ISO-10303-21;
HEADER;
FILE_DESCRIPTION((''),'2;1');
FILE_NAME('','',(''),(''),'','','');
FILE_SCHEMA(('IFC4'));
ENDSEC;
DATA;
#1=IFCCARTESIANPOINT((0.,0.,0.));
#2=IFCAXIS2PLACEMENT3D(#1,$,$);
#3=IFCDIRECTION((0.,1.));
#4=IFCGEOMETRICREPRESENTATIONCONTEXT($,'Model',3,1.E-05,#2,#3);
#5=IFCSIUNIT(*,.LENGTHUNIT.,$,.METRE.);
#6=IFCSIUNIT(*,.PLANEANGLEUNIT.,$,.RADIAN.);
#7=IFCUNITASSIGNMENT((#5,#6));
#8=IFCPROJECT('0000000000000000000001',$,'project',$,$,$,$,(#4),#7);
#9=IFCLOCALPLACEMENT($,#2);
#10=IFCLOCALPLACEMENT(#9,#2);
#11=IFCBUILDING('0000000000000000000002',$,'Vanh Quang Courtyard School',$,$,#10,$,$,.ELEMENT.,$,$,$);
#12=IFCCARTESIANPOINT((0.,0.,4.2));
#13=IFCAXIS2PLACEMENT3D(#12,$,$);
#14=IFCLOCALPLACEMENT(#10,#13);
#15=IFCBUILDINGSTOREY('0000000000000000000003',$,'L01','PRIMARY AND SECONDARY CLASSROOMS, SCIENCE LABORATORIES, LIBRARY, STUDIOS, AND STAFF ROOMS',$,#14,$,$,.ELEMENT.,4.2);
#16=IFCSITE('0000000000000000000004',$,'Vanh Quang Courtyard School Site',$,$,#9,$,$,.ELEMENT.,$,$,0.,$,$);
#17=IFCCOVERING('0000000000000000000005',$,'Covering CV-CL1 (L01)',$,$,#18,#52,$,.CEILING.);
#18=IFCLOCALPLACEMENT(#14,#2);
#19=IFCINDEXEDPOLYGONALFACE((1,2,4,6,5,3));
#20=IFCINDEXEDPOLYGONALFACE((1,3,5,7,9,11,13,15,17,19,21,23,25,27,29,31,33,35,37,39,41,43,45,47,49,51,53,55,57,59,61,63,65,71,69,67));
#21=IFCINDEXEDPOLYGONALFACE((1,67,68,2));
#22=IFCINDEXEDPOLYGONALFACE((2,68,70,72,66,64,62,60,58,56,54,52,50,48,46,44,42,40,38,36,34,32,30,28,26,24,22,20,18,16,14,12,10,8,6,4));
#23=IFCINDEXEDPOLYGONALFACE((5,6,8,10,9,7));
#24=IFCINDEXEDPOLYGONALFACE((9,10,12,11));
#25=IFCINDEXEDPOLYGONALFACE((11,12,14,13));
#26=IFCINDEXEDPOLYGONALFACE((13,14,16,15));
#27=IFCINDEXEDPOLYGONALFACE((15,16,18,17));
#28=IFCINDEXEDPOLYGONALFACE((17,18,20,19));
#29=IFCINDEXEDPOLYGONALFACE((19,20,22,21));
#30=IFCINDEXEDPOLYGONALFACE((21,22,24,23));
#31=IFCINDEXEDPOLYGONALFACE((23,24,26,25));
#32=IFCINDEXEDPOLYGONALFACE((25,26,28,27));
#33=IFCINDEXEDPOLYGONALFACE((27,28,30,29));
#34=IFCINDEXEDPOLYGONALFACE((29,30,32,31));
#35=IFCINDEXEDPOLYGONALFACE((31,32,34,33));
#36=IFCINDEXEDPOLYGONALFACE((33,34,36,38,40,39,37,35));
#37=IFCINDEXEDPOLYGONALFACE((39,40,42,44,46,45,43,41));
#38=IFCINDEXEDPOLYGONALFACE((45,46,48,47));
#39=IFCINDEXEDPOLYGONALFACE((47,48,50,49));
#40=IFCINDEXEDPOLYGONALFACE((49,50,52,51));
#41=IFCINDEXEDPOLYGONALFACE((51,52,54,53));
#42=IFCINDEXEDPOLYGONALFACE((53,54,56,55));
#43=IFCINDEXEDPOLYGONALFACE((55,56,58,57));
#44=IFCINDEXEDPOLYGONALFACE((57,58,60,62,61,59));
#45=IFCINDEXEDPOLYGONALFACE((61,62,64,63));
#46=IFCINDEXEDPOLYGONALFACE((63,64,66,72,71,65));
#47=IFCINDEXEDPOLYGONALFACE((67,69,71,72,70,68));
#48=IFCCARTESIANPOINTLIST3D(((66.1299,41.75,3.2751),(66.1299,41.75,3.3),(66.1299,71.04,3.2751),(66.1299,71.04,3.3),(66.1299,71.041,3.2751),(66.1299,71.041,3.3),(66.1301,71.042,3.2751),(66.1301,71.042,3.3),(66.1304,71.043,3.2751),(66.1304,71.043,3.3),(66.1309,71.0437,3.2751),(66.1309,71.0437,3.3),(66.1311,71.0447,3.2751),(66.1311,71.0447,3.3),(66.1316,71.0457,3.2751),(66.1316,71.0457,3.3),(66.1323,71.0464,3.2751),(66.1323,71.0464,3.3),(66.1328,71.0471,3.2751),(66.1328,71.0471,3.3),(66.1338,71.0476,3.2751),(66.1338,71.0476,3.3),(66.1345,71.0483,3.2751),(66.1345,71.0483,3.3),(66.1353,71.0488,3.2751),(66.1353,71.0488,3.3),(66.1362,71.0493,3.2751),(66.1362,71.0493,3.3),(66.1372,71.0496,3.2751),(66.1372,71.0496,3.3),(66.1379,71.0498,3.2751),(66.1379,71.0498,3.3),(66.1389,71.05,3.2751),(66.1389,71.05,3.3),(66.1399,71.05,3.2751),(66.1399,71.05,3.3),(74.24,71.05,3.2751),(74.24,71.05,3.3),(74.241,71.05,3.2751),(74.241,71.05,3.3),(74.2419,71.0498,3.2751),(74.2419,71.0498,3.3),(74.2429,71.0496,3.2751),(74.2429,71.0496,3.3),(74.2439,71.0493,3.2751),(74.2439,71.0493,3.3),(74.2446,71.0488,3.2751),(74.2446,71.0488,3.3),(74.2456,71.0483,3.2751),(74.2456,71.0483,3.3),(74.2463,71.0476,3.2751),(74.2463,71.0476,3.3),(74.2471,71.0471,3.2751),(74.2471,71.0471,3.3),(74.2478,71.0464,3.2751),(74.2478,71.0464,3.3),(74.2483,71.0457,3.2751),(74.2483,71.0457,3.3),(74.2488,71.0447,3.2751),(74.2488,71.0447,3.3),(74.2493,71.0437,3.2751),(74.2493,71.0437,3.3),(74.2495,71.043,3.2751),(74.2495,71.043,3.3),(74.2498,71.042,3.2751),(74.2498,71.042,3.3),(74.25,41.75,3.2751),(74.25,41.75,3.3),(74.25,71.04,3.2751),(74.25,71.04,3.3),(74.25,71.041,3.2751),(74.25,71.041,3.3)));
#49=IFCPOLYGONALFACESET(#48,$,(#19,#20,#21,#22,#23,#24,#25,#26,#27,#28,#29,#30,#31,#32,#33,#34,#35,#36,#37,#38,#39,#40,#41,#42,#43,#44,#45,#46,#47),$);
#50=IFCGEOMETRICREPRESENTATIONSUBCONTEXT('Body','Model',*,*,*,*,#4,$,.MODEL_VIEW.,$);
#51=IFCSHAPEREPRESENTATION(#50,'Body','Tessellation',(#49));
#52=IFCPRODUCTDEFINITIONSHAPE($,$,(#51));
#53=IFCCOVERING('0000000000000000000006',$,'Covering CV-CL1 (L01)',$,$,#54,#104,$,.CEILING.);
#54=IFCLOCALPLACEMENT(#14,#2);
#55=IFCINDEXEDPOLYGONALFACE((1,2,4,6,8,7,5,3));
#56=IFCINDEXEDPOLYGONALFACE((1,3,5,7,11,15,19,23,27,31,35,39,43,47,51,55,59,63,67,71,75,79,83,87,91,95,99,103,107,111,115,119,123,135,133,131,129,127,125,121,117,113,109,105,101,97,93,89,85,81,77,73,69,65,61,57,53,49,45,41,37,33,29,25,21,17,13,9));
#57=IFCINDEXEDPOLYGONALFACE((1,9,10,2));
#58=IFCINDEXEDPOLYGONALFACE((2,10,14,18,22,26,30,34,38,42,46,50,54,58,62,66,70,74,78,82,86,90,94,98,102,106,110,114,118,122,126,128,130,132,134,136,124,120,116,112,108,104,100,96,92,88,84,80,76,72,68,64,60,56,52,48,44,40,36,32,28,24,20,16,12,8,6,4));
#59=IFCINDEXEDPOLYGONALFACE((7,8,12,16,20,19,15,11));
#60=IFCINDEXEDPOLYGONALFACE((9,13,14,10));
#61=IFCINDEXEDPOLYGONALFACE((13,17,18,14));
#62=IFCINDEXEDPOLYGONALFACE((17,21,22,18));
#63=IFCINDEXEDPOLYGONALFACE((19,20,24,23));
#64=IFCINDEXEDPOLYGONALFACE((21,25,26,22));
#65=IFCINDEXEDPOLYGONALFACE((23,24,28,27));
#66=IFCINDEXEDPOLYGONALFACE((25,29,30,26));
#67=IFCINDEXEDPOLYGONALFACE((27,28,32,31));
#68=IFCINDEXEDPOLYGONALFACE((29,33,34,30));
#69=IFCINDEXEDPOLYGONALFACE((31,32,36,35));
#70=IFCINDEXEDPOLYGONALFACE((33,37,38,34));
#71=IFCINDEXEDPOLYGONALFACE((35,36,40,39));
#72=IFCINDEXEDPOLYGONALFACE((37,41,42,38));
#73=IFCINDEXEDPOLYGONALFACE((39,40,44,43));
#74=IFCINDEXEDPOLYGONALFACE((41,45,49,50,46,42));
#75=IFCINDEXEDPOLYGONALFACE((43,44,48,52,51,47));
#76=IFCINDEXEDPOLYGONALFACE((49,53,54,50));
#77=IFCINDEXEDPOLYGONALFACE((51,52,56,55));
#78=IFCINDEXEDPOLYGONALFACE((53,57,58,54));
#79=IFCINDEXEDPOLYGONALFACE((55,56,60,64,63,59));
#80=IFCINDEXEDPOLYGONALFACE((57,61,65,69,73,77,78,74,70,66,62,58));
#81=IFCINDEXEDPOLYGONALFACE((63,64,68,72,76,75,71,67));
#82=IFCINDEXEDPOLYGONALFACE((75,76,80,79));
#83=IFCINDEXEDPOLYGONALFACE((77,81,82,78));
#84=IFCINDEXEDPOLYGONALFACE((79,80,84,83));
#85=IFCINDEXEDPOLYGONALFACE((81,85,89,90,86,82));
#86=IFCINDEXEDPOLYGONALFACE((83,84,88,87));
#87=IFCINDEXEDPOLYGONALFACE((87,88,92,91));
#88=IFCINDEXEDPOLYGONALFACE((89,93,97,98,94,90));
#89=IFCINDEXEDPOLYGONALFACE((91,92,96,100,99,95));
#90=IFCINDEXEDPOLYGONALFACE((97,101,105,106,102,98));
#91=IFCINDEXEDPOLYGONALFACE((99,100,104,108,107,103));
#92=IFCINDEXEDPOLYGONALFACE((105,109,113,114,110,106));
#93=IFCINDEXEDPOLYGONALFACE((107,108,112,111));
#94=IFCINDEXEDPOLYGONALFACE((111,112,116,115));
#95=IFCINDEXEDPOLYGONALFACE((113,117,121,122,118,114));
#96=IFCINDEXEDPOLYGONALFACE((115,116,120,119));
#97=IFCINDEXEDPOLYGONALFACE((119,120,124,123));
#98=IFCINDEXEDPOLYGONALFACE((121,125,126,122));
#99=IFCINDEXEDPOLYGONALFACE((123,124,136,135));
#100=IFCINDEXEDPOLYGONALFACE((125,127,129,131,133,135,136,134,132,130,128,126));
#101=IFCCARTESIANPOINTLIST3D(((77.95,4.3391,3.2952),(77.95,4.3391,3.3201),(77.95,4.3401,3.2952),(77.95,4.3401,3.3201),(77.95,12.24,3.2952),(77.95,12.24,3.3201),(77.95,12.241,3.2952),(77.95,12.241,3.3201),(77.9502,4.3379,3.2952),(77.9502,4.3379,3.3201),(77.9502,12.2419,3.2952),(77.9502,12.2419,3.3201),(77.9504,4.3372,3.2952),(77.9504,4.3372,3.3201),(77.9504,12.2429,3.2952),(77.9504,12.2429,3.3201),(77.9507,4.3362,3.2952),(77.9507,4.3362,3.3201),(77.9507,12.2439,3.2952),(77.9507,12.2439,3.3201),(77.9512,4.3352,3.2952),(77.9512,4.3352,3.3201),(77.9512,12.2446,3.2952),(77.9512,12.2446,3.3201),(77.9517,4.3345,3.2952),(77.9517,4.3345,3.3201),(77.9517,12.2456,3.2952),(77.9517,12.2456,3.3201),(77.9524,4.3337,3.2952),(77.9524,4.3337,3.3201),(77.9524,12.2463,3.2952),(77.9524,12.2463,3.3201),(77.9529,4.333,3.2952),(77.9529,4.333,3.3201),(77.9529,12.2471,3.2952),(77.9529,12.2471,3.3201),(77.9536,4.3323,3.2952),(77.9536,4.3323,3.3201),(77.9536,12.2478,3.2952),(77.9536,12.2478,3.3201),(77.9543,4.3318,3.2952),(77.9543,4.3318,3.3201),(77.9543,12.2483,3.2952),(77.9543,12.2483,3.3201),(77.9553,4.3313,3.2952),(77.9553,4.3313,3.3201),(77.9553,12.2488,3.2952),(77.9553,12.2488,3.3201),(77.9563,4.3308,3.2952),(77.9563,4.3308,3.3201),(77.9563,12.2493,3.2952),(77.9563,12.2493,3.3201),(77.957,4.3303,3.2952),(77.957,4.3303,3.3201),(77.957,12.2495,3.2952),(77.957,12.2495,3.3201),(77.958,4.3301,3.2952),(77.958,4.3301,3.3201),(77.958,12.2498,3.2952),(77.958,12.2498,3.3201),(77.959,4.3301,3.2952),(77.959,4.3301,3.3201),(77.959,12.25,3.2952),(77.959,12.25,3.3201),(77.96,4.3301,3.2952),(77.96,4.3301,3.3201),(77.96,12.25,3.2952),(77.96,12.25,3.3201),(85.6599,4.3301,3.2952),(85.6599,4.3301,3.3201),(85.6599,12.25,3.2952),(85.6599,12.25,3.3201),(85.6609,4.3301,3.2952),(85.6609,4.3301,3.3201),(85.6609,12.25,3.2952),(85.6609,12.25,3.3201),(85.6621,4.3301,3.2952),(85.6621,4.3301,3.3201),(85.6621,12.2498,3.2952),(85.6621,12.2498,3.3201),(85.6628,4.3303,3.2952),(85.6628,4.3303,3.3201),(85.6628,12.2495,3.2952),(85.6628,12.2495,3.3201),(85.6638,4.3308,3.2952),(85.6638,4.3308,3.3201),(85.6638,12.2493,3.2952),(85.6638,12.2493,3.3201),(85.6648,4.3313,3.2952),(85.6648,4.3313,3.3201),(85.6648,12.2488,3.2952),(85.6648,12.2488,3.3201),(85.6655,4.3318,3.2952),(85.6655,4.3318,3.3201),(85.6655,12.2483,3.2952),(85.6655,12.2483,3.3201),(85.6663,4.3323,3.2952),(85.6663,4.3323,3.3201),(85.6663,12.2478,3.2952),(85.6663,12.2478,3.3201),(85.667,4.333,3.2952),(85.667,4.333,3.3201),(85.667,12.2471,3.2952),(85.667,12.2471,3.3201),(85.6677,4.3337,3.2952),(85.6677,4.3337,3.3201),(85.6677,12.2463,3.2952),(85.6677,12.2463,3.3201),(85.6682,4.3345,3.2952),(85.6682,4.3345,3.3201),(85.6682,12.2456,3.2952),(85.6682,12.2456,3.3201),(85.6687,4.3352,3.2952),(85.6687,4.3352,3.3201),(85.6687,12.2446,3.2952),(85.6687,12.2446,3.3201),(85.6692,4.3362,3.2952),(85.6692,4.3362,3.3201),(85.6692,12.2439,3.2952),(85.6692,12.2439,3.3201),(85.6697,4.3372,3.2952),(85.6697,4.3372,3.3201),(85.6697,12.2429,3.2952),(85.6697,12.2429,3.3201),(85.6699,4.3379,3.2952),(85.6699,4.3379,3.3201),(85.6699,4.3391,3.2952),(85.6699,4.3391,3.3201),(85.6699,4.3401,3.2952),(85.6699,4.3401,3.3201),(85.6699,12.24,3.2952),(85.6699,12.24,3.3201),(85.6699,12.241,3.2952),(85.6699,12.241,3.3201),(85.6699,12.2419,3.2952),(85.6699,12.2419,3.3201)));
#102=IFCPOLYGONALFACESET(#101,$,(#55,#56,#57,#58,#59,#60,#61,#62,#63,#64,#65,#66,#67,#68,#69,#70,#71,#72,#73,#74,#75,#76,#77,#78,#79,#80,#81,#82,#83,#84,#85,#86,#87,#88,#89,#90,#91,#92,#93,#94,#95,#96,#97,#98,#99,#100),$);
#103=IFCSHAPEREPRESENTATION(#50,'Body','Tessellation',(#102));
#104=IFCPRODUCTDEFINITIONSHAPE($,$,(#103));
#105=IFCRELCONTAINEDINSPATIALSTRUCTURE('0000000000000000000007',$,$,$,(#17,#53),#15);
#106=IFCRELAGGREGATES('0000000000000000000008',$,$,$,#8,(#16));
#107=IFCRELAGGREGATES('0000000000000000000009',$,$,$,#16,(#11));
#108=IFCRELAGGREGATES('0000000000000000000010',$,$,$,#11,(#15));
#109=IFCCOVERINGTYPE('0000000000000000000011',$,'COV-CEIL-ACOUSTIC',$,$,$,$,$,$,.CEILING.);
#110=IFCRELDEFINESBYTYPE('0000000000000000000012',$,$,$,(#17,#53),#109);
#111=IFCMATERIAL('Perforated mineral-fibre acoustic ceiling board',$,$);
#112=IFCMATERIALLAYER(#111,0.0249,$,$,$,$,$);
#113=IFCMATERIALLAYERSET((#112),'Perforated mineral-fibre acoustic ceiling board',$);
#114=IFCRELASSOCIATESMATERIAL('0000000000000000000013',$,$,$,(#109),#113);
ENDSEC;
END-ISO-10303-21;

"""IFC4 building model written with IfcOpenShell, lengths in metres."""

from ifc_helpers import new_model, si_unit, direction, frame, origin, place, context, subcontext, project, spatial, polyline, outline, extrude, material, layer, layer_set, type_object, element, save


model = new_model("IFC4")

# Units and contexts
model_context = context("Model", 3, precision=1e-05, world=origin(), true_north=direction((0.0, 1.0)))
body_context = subcontext(model_context, "Body", "Model", "MODEL_VIEW")
ifc_project = project(units=[si_unit("LENGTHUNIT", "METRE"), si_unit("PLANEANGLEUNIT", "RADIAN")], contexts=[model_context])

# Site, building, storey
site_placement = place(None, origin())
site = spatial("IfcSite", under=ifc_project, at=site_placement, Name="Vanh Quang Courtyard School Site", CompositionType="ELEMENT", RefElevation=0.0)
building_placement = place(site_placement, origin())
building = spatial("IfcBuilding", under=site, at=building_placement, Name="Vanh Quang Courtyard School", CompositionType="ELEMENT")
storey_placement = place(building_placement, frame((0.0, 0.0, 4.2)))
storey = spatial("IfcBuildingStorey", under=building, at=storey_placement, Name="L01", Description="PRIMARY AND SECONDARY CLASSROOMS, SCIENCE LABORATORIES, LIBRARY, STUDIOS, AND STAFF ROOMS", CompositionType="ELEMENT", Elevation=4.2)

# Coverings
ifc_material_1 = material(Name="Perforated mineral-fibre acoustic ceiling board")
ifc_layer_1 = layer(ifc_material_1, 0.0249)
ifc_layer_set_1 = layer_set([ifc_layer_1], Name="Perforated mineral-fibre acoustic ceiling board")
covering_type_1 = type_object("IfcCoveringType", Name="COV-CEIL-ACOUSTIC", PredefinedType="CEILING", material=ifc_layer_set_1)
covering_1_placement = place(storey_placement, frame((0.0, 0.0, 3.2751)))
element("IfcCovering", 1, at=covering_1_placement, inside=storey, type_object=covering_type_1, Name="Covering CV-CL1 (L01)", PredefinedType="CEILING", context=body_context, shape_type="SweptSolid", body=[
    extrude(outline(polyline([(66.1299, 71.04), (66.1299, 71.041), (66.1301, 71.042), (66.1304, 71.043), (66.1309, 71.0437), (66.1311, 71.0447), (66.1316, 71.0457), (66.1323, 71.0464), (66.1328, 71.0471), (66.1338, 71.0476), (66.1345, 71.0483), (66.1353, 71.0488), (66.1362, 71.0493), (66.1372, 71.0496), (66.1379, 71.0498), (66.1389, 71.05), (66.1399, 71.05), (74.24, 71.05), (74.241, 71.05), (74.2419, 71.0498), (74.2429, 71.0496), (74.2439, 71.0493), (74.2446, 71.0488), (74.2456, 71.0483), (74.2463, 71.0476), (74.2471, 71.0471), (74.2478, 71.0464), (74.2483, 71.0457), (74.2488, 71.0447), (74.2493, 71.0437), (74.2495, 71.043), (74.2498, 71.042), (74.25, 71.041), (74.25, 71.04), (74.25, 41.75), (66.1299, 41.75), (66.1299, 71.04)])), origin(), (0.0, 0.0, 1.0), 0.0249),
])
covering_2_placement = place(storey_placement, frame((0.0, 0.0, 3.2952)))
element("IfcCovering", 2, at=covering_2_placement, inside=storey, type_object=covering_type_1, Name="Covering CV-CL1 (L01)", PredefinedType="CEILING", context=body_context, shape_type="SweptSolid", body=[
    extrude(outline(polyline([(77.96, 4.3301), (77.959, 4.3301), (77.958, 4.3301), (77.957, 4.3303), (77.9563, 4.3308), (77.9553, 4.3313), (77.9543, 4.3318), (77.9536, 4.3323), (77.9529, 4.333), (77.9524, 4.3337), (77.9517, 4.3345), (77.9512, 4.3352), (77.9507, 4.3362), (77.9504, 4.3372), (77.9502, 4.3379), (77.95, 4.3391), (77.95, 4.3401), (77.95, 12.24), (77.95, 12.241), (77.9502, 12.2419), (77.9504, 12.2429), (77.9507, 12.2439), (77.9512, 12.2446), (77.9517, 12.2456), (77.9524, 12.2463), (77.9529, 12.2471), (77.9536, 12.2478), (77.9543, 12.2483), (77.9553, 12.2488), (77.9563, 12.2493), (77.957, 12.2495), (77.958, 12.2498), (77.959, 12.25), (77.96, 12.25), (85.6599, 12.25), (85.6609, 12.25), (85.6621, 12.2498), (85.6628, 12.2495), (85.6638, 12.2493), (85.6648, 12.2488), (85.6655, 12.2483), (85.6663, 12.2478), (85.667, 12.2471), (85.6677, 12.2463), (85.6682, 12.2456), (85.6687, 12.2446), (85.6692, 12.2439), (85.6697, 12.2429), (85.6699, 12.2419), (85.6699, 12.241), (85.6699, 12.24), (85.6699, 4.3401), (85.6699, 4.3391), (85.6699, 4.3379), (85.6697, 4.3372), (85.6692, 4.3362), (85.6687, 4.3352), (85.6682, 4.3345), (85.6677, 4.3337), (85.667, 4.333), (85.6663, 4.3323), (85.6655, 4.3318), (85.6648, 4.3313), (85.6638, 4.3308), (85.6628, 4.3303), (85.6621, 4.3301), (85.6609, 4.3301), (85.6599, 4.3301), (77.96, 4.3301)])), origin(), (0.0, 0.0, 1.0), 0.0249),
])

save(model, "model.ifc")
